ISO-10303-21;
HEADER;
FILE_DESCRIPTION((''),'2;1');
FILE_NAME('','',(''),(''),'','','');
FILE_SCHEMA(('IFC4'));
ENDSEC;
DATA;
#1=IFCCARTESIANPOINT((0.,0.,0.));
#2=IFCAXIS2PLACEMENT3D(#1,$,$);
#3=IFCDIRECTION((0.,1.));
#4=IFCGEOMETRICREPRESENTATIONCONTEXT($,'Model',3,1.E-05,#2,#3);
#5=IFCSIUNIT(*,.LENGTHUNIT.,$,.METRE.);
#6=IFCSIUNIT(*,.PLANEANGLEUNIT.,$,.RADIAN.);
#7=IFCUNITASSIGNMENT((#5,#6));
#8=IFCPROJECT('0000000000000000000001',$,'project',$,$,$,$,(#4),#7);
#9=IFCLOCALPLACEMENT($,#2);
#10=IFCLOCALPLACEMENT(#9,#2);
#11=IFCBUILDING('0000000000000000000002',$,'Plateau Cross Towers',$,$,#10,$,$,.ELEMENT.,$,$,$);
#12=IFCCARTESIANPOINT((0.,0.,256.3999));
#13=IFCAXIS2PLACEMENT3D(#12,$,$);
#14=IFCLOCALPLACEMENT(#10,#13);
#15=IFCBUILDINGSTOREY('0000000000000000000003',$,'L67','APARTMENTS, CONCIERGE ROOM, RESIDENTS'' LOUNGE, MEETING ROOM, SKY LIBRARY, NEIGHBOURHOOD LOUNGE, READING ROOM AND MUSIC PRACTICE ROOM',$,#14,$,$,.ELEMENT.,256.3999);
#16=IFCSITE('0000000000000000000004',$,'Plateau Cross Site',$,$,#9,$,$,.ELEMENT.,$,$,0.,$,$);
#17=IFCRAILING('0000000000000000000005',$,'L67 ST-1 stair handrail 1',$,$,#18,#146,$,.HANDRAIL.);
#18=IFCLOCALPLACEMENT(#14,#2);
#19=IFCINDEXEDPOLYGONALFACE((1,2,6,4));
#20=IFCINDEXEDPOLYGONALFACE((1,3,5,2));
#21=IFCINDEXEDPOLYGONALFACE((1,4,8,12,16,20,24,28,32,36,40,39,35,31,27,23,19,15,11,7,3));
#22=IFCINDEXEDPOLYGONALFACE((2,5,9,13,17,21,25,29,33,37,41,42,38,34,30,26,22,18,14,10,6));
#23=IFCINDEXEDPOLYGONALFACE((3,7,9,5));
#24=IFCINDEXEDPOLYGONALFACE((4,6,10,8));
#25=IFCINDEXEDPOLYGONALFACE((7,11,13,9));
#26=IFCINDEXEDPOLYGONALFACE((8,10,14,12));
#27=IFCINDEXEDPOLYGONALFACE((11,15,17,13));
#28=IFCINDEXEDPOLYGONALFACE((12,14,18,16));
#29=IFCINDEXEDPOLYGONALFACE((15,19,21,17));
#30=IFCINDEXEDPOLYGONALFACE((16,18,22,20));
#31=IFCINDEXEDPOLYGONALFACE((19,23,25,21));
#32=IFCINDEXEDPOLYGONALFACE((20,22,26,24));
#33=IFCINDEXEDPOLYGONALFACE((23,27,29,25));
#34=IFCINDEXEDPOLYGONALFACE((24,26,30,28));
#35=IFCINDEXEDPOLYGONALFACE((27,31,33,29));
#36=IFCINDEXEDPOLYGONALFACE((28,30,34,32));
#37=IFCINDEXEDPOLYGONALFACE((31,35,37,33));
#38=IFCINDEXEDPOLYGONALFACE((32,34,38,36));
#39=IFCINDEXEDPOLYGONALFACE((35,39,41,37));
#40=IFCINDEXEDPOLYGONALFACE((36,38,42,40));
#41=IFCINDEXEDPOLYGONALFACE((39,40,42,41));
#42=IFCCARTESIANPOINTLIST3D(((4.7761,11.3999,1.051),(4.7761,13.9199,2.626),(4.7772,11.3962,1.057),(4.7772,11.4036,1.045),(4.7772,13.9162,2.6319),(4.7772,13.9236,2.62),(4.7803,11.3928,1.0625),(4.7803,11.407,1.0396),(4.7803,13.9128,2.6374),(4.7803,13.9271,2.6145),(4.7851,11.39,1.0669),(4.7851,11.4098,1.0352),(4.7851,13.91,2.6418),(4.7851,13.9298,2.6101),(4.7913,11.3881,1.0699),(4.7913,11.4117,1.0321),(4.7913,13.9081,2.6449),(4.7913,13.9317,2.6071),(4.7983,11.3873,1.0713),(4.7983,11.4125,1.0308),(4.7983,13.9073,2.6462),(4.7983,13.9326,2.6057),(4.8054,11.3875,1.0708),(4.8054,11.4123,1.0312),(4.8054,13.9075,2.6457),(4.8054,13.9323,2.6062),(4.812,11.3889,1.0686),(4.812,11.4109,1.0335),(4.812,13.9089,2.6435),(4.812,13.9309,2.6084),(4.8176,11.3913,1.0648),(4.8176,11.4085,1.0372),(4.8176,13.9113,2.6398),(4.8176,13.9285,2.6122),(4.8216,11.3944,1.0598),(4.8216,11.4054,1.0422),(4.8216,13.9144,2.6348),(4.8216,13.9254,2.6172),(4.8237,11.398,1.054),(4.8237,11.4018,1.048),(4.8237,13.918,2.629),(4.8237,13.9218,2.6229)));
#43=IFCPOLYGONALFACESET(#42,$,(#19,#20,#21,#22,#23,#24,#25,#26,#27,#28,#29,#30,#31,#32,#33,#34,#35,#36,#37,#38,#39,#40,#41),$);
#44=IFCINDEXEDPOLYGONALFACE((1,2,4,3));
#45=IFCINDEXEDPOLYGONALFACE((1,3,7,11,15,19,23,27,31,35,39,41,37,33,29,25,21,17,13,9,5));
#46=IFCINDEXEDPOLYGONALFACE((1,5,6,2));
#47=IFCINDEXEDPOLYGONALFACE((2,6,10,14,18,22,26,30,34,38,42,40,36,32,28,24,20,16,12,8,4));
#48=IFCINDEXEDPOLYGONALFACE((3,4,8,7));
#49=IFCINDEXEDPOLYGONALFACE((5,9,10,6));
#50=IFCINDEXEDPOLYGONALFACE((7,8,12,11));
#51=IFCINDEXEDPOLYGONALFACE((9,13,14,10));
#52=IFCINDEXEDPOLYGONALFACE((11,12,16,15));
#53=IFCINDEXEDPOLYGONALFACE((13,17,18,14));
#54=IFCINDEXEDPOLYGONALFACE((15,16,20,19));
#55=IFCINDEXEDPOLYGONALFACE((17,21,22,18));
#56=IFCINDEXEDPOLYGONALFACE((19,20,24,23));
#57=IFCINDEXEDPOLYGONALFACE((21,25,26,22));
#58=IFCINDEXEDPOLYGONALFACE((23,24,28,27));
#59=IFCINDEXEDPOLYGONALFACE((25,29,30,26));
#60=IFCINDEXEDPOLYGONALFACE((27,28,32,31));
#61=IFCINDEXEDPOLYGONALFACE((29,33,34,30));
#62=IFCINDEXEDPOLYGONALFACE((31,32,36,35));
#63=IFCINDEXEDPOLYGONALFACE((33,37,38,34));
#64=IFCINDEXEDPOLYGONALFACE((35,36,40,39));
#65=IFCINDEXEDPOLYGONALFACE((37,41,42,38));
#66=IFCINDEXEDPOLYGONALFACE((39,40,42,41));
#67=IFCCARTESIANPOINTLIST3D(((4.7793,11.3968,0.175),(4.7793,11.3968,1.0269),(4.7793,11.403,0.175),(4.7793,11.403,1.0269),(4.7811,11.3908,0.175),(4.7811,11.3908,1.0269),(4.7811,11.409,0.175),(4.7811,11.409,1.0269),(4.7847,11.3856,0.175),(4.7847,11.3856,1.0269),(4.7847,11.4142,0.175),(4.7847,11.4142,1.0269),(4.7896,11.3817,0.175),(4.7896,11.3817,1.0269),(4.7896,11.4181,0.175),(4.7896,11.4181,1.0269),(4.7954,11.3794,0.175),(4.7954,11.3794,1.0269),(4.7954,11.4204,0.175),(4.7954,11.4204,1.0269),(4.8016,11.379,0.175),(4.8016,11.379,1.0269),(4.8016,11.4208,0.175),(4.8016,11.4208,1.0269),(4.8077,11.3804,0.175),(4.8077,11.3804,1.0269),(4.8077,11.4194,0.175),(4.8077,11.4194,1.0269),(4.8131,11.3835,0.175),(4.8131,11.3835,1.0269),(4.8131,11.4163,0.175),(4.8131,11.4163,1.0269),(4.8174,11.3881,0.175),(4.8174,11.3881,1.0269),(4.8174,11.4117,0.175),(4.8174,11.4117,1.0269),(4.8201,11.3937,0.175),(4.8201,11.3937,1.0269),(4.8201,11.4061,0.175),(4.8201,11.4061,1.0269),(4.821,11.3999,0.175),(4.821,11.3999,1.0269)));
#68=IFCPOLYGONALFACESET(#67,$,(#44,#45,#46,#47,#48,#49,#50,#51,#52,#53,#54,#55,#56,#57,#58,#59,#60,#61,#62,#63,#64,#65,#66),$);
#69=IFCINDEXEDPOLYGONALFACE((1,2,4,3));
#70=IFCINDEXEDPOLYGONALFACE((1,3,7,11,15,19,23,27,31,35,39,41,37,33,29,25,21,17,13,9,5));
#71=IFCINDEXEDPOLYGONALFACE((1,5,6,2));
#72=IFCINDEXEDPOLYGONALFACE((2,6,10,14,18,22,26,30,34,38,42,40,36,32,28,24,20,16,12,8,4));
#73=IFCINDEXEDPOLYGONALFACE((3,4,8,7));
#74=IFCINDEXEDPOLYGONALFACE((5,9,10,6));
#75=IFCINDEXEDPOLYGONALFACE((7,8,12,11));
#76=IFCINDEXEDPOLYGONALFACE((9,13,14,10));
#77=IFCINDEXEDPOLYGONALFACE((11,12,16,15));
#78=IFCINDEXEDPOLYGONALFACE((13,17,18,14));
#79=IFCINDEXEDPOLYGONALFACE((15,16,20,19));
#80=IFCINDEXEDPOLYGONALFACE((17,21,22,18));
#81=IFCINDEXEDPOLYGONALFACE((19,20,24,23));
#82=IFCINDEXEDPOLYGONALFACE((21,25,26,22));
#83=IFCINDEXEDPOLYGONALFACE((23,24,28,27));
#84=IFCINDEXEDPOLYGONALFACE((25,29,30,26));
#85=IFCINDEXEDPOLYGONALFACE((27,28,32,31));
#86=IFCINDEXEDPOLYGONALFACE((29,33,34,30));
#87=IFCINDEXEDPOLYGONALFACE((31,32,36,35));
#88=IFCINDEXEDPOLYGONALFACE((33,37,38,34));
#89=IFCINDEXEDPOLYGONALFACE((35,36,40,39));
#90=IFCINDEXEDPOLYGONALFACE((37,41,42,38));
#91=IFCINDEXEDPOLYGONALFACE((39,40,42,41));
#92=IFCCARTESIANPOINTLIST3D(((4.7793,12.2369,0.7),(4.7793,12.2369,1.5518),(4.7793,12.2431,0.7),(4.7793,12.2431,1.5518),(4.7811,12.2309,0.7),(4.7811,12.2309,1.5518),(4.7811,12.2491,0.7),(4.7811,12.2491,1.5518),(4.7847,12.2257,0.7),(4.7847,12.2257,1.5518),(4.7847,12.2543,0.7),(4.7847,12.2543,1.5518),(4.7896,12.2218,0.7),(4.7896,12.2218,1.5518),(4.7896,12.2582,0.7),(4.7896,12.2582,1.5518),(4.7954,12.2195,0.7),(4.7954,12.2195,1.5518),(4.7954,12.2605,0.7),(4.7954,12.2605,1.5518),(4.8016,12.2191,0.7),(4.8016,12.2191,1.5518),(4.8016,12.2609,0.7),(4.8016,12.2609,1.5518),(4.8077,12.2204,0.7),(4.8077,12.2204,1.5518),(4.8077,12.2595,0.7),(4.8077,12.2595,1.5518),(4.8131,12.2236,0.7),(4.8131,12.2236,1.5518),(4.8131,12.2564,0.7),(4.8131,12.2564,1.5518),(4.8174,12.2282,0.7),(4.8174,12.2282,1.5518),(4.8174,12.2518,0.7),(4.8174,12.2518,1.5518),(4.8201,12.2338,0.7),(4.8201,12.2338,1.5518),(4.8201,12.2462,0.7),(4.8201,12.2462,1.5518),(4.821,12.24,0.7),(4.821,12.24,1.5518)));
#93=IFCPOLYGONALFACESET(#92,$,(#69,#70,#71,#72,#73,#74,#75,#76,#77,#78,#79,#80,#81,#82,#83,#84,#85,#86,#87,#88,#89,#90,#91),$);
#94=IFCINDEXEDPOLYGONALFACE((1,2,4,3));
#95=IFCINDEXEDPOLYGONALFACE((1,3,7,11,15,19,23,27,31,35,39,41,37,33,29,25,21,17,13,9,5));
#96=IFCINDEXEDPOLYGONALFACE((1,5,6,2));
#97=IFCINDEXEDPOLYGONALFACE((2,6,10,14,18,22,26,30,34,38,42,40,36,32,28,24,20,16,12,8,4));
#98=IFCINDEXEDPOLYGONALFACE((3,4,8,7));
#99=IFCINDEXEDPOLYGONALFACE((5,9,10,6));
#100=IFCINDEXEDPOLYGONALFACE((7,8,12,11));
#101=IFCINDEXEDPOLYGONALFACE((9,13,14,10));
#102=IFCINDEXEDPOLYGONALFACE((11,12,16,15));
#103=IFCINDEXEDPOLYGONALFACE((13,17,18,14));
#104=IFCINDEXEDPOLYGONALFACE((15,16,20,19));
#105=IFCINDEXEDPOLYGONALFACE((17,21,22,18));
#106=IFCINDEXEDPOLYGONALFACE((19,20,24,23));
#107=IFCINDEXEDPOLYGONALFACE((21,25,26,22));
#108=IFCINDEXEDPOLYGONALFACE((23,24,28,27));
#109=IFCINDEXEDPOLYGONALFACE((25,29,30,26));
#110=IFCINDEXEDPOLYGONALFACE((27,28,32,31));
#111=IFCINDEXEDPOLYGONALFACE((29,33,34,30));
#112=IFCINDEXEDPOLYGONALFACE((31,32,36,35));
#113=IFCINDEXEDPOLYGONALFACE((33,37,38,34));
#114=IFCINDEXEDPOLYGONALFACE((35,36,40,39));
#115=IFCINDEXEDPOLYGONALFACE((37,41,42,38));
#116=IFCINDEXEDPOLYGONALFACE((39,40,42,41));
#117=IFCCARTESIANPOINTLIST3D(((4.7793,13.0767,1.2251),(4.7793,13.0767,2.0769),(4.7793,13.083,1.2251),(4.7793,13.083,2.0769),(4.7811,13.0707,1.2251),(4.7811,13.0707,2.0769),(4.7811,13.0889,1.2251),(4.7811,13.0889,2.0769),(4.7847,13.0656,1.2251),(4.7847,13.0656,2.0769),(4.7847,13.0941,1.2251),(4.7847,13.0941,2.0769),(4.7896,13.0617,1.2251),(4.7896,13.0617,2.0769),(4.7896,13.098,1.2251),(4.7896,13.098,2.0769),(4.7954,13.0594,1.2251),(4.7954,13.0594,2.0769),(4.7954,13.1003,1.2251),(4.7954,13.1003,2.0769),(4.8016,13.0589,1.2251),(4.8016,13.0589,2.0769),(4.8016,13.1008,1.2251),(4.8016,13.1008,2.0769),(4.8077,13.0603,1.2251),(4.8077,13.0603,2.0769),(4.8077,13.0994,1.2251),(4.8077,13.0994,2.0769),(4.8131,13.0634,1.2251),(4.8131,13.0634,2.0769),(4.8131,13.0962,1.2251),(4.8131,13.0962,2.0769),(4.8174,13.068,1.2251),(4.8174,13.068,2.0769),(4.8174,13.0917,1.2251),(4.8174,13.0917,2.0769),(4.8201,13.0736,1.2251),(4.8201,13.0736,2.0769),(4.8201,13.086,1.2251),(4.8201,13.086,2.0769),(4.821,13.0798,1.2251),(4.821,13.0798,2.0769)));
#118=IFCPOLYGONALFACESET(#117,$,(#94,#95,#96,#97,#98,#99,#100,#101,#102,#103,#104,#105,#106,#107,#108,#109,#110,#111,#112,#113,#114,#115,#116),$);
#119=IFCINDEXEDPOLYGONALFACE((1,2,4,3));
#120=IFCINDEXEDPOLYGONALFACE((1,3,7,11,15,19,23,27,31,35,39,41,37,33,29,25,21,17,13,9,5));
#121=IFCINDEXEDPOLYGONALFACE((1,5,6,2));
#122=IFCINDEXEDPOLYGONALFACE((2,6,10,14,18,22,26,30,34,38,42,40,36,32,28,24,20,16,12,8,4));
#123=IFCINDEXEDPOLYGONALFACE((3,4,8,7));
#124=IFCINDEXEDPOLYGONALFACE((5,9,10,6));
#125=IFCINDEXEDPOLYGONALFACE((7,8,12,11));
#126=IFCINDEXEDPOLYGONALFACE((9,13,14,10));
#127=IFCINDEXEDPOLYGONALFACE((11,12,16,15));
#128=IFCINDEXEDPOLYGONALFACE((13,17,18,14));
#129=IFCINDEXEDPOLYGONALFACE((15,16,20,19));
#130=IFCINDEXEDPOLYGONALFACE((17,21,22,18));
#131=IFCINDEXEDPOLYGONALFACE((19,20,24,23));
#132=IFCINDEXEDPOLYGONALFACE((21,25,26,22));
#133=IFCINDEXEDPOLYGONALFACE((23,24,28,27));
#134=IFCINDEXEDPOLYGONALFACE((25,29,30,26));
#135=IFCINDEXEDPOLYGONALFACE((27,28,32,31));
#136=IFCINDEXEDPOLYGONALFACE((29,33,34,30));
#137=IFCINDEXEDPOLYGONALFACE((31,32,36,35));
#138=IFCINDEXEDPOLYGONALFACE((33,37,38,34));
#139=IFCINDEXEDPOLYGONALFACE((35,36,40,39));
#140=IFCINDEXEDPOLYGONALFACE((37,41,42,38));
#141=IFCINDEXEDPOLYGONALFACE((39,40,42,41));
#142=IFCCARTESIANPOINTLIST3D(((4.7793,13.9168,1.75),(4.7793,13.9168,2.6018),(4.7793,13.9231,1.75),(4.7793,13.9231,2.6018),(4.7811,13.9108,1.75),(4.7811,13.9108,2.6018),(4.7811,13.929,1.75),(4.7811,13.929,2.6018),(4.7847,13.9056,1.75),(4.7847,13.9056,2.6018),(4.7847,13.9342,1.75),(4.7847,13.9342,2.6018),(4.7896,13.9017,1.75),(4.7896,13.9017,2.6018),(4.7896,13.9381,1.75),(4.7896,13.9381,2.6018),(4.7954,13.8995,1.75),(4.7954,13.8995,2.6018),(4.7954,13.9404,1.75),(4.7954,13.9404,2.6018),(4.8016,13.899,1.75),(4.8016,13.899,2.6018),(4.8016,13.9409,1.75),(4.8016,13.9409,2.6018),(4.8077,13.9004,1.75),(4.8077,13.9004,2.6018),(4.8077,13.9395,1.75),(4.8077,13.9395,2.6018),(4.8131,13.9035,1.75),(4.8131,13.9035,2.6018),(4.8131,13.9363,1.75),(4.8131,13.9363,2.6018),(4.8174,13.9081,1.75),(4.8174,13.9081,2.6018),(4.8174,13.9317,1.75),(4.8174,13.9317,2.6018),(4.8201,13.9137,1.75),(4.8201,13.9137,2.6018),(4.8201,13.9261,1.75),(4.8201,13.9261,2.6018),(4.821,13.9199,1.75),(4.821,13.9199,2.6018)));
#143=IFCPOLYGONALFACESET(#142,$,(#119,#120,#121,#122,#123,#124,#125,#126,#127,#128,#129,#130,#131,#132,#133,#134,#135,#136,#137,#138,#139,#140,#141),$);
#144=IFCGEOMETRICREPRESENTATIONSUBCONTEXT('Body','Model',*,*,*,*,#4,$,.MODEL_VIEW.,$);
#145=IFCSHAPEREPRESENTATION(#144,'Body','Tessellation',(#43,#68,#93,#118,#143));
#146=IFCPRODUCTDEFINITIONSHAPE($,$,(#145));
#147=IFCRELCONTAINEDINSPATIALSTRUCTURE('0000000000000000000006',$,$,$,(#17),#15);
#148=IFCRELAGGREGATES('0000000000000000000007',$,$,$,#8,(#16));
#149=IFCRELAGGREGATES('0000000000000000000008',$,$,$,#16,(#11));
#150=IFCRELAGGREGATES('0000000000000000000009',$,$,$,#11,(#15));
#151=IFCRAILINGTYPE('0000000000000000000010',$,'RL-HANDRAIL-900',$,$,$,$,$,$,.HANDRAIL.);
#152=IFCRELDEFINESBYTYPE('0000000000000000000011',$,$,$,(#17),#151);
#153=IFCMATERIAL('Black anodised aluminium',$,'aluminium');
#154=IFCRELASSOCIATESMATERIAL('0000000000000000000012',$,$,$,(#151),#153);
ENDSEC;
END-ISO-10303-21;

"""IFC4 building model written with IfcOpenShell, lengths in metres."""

from ifc_helpers import new_model, si_unit, direction, frame, origin, origin_2d, place, context, subcontext, project, spatial, circle, extrude, material, type_object, element, save


model = new_model("IFC4")

# Units and contexts
model_context = context("Model", 3, precision=1e-05, world=origin(), true_north=direction((0.0, 1.0)))
body_context = subcontext(model_context, "Body", "Model", "MODEL_VIEW")
ifc_project = project(units=[si_unit("LENGTHUNIT", "METRE"), si_unit("PLANEANGLEUNIT", "RADIAN")], contexts=[model_context])

# Site, building, storey
site_placement = place(None, origin())
site = spatial("IfcSite", under=ifc_project, at=site_placement, Name="Plateau Cross Site", CompositionType="ELEMENT", RefElevation=0.0)
building_placement = place(site_placement, origin())
building = spatial("IfcBuilding", under=site, at=building_placement, Name="Plateau Cross Towers", CompositionType="ELEMENT")
storey_placement = place(building_placement, frame((0.0, 0.0, 256.3999)))
storey = spatial("IfcBuildingStorey", under=building, at=storey_placement, Name="L67", Description="APARTMENTS, CONCIERGE ROOM, RESIDENTS' LOUNGE, MEETING ROOM, SKY LIBRARY, NEIGHBOURHOOD LOUNGE, READING ROOM AND MUSIC PRACTICE ROOM", CompositionType="ELEMENT", Elevation=256.3999)

# Shared definitions
ifc_material_1 = material(Name="Black anodised aluminium", Category="aluminium")

# Railing
railing_type_1 = type_object("IfcRailingType", Name="RL-HANDRAIL-900", PredefinedType="HANDRAIL", material=ifc_material_1)
railing_1_placement = place(storey_placement, frame((4.8, 11.3999, 0.175)))
element("IfcRailing", 1, at=railing_1_placement, inside=storey, type_object=railing_type_1, Name="L67 ST-1 stair handrail 1", PredefinedType="HANDRAIL", context=body_context, shape_type="SweptSolid", body=[
    extrude(circle(Radius=0.0239, at=origin_2d()), frame((0.0, 0.0, 0.876), z_axis=(0.0, 0.848008, 0.529984), x_axis=(-1.0, 0.0, 0.0)), (0.0, 0.0, 1.0), 2.9717),
    extrude(circle(Radius=0.021, at=origin_2d()), origin(), (0.0, 0.0, 1.0), 0.8518),
    extrude(circle(Radius=0.021, at=origin_2d()), frame((0.0, 0.8401, 0.5249)), (0.0, 0.0, 1.0), 0.8518),
    extrude(circle(Radius=0.021, at=origin_2d()), frame((0.0, 1.6799, 1.05)), (0.0, 0.0, 1.0), 0.8518),
    extrude(circle(Radius=0.021, at=origin_2d()), frame((0.0, 2.52, 1.575)), (0.0, 0.0, 1.0), 0.8518),
])

save(model, "model.ifc")
